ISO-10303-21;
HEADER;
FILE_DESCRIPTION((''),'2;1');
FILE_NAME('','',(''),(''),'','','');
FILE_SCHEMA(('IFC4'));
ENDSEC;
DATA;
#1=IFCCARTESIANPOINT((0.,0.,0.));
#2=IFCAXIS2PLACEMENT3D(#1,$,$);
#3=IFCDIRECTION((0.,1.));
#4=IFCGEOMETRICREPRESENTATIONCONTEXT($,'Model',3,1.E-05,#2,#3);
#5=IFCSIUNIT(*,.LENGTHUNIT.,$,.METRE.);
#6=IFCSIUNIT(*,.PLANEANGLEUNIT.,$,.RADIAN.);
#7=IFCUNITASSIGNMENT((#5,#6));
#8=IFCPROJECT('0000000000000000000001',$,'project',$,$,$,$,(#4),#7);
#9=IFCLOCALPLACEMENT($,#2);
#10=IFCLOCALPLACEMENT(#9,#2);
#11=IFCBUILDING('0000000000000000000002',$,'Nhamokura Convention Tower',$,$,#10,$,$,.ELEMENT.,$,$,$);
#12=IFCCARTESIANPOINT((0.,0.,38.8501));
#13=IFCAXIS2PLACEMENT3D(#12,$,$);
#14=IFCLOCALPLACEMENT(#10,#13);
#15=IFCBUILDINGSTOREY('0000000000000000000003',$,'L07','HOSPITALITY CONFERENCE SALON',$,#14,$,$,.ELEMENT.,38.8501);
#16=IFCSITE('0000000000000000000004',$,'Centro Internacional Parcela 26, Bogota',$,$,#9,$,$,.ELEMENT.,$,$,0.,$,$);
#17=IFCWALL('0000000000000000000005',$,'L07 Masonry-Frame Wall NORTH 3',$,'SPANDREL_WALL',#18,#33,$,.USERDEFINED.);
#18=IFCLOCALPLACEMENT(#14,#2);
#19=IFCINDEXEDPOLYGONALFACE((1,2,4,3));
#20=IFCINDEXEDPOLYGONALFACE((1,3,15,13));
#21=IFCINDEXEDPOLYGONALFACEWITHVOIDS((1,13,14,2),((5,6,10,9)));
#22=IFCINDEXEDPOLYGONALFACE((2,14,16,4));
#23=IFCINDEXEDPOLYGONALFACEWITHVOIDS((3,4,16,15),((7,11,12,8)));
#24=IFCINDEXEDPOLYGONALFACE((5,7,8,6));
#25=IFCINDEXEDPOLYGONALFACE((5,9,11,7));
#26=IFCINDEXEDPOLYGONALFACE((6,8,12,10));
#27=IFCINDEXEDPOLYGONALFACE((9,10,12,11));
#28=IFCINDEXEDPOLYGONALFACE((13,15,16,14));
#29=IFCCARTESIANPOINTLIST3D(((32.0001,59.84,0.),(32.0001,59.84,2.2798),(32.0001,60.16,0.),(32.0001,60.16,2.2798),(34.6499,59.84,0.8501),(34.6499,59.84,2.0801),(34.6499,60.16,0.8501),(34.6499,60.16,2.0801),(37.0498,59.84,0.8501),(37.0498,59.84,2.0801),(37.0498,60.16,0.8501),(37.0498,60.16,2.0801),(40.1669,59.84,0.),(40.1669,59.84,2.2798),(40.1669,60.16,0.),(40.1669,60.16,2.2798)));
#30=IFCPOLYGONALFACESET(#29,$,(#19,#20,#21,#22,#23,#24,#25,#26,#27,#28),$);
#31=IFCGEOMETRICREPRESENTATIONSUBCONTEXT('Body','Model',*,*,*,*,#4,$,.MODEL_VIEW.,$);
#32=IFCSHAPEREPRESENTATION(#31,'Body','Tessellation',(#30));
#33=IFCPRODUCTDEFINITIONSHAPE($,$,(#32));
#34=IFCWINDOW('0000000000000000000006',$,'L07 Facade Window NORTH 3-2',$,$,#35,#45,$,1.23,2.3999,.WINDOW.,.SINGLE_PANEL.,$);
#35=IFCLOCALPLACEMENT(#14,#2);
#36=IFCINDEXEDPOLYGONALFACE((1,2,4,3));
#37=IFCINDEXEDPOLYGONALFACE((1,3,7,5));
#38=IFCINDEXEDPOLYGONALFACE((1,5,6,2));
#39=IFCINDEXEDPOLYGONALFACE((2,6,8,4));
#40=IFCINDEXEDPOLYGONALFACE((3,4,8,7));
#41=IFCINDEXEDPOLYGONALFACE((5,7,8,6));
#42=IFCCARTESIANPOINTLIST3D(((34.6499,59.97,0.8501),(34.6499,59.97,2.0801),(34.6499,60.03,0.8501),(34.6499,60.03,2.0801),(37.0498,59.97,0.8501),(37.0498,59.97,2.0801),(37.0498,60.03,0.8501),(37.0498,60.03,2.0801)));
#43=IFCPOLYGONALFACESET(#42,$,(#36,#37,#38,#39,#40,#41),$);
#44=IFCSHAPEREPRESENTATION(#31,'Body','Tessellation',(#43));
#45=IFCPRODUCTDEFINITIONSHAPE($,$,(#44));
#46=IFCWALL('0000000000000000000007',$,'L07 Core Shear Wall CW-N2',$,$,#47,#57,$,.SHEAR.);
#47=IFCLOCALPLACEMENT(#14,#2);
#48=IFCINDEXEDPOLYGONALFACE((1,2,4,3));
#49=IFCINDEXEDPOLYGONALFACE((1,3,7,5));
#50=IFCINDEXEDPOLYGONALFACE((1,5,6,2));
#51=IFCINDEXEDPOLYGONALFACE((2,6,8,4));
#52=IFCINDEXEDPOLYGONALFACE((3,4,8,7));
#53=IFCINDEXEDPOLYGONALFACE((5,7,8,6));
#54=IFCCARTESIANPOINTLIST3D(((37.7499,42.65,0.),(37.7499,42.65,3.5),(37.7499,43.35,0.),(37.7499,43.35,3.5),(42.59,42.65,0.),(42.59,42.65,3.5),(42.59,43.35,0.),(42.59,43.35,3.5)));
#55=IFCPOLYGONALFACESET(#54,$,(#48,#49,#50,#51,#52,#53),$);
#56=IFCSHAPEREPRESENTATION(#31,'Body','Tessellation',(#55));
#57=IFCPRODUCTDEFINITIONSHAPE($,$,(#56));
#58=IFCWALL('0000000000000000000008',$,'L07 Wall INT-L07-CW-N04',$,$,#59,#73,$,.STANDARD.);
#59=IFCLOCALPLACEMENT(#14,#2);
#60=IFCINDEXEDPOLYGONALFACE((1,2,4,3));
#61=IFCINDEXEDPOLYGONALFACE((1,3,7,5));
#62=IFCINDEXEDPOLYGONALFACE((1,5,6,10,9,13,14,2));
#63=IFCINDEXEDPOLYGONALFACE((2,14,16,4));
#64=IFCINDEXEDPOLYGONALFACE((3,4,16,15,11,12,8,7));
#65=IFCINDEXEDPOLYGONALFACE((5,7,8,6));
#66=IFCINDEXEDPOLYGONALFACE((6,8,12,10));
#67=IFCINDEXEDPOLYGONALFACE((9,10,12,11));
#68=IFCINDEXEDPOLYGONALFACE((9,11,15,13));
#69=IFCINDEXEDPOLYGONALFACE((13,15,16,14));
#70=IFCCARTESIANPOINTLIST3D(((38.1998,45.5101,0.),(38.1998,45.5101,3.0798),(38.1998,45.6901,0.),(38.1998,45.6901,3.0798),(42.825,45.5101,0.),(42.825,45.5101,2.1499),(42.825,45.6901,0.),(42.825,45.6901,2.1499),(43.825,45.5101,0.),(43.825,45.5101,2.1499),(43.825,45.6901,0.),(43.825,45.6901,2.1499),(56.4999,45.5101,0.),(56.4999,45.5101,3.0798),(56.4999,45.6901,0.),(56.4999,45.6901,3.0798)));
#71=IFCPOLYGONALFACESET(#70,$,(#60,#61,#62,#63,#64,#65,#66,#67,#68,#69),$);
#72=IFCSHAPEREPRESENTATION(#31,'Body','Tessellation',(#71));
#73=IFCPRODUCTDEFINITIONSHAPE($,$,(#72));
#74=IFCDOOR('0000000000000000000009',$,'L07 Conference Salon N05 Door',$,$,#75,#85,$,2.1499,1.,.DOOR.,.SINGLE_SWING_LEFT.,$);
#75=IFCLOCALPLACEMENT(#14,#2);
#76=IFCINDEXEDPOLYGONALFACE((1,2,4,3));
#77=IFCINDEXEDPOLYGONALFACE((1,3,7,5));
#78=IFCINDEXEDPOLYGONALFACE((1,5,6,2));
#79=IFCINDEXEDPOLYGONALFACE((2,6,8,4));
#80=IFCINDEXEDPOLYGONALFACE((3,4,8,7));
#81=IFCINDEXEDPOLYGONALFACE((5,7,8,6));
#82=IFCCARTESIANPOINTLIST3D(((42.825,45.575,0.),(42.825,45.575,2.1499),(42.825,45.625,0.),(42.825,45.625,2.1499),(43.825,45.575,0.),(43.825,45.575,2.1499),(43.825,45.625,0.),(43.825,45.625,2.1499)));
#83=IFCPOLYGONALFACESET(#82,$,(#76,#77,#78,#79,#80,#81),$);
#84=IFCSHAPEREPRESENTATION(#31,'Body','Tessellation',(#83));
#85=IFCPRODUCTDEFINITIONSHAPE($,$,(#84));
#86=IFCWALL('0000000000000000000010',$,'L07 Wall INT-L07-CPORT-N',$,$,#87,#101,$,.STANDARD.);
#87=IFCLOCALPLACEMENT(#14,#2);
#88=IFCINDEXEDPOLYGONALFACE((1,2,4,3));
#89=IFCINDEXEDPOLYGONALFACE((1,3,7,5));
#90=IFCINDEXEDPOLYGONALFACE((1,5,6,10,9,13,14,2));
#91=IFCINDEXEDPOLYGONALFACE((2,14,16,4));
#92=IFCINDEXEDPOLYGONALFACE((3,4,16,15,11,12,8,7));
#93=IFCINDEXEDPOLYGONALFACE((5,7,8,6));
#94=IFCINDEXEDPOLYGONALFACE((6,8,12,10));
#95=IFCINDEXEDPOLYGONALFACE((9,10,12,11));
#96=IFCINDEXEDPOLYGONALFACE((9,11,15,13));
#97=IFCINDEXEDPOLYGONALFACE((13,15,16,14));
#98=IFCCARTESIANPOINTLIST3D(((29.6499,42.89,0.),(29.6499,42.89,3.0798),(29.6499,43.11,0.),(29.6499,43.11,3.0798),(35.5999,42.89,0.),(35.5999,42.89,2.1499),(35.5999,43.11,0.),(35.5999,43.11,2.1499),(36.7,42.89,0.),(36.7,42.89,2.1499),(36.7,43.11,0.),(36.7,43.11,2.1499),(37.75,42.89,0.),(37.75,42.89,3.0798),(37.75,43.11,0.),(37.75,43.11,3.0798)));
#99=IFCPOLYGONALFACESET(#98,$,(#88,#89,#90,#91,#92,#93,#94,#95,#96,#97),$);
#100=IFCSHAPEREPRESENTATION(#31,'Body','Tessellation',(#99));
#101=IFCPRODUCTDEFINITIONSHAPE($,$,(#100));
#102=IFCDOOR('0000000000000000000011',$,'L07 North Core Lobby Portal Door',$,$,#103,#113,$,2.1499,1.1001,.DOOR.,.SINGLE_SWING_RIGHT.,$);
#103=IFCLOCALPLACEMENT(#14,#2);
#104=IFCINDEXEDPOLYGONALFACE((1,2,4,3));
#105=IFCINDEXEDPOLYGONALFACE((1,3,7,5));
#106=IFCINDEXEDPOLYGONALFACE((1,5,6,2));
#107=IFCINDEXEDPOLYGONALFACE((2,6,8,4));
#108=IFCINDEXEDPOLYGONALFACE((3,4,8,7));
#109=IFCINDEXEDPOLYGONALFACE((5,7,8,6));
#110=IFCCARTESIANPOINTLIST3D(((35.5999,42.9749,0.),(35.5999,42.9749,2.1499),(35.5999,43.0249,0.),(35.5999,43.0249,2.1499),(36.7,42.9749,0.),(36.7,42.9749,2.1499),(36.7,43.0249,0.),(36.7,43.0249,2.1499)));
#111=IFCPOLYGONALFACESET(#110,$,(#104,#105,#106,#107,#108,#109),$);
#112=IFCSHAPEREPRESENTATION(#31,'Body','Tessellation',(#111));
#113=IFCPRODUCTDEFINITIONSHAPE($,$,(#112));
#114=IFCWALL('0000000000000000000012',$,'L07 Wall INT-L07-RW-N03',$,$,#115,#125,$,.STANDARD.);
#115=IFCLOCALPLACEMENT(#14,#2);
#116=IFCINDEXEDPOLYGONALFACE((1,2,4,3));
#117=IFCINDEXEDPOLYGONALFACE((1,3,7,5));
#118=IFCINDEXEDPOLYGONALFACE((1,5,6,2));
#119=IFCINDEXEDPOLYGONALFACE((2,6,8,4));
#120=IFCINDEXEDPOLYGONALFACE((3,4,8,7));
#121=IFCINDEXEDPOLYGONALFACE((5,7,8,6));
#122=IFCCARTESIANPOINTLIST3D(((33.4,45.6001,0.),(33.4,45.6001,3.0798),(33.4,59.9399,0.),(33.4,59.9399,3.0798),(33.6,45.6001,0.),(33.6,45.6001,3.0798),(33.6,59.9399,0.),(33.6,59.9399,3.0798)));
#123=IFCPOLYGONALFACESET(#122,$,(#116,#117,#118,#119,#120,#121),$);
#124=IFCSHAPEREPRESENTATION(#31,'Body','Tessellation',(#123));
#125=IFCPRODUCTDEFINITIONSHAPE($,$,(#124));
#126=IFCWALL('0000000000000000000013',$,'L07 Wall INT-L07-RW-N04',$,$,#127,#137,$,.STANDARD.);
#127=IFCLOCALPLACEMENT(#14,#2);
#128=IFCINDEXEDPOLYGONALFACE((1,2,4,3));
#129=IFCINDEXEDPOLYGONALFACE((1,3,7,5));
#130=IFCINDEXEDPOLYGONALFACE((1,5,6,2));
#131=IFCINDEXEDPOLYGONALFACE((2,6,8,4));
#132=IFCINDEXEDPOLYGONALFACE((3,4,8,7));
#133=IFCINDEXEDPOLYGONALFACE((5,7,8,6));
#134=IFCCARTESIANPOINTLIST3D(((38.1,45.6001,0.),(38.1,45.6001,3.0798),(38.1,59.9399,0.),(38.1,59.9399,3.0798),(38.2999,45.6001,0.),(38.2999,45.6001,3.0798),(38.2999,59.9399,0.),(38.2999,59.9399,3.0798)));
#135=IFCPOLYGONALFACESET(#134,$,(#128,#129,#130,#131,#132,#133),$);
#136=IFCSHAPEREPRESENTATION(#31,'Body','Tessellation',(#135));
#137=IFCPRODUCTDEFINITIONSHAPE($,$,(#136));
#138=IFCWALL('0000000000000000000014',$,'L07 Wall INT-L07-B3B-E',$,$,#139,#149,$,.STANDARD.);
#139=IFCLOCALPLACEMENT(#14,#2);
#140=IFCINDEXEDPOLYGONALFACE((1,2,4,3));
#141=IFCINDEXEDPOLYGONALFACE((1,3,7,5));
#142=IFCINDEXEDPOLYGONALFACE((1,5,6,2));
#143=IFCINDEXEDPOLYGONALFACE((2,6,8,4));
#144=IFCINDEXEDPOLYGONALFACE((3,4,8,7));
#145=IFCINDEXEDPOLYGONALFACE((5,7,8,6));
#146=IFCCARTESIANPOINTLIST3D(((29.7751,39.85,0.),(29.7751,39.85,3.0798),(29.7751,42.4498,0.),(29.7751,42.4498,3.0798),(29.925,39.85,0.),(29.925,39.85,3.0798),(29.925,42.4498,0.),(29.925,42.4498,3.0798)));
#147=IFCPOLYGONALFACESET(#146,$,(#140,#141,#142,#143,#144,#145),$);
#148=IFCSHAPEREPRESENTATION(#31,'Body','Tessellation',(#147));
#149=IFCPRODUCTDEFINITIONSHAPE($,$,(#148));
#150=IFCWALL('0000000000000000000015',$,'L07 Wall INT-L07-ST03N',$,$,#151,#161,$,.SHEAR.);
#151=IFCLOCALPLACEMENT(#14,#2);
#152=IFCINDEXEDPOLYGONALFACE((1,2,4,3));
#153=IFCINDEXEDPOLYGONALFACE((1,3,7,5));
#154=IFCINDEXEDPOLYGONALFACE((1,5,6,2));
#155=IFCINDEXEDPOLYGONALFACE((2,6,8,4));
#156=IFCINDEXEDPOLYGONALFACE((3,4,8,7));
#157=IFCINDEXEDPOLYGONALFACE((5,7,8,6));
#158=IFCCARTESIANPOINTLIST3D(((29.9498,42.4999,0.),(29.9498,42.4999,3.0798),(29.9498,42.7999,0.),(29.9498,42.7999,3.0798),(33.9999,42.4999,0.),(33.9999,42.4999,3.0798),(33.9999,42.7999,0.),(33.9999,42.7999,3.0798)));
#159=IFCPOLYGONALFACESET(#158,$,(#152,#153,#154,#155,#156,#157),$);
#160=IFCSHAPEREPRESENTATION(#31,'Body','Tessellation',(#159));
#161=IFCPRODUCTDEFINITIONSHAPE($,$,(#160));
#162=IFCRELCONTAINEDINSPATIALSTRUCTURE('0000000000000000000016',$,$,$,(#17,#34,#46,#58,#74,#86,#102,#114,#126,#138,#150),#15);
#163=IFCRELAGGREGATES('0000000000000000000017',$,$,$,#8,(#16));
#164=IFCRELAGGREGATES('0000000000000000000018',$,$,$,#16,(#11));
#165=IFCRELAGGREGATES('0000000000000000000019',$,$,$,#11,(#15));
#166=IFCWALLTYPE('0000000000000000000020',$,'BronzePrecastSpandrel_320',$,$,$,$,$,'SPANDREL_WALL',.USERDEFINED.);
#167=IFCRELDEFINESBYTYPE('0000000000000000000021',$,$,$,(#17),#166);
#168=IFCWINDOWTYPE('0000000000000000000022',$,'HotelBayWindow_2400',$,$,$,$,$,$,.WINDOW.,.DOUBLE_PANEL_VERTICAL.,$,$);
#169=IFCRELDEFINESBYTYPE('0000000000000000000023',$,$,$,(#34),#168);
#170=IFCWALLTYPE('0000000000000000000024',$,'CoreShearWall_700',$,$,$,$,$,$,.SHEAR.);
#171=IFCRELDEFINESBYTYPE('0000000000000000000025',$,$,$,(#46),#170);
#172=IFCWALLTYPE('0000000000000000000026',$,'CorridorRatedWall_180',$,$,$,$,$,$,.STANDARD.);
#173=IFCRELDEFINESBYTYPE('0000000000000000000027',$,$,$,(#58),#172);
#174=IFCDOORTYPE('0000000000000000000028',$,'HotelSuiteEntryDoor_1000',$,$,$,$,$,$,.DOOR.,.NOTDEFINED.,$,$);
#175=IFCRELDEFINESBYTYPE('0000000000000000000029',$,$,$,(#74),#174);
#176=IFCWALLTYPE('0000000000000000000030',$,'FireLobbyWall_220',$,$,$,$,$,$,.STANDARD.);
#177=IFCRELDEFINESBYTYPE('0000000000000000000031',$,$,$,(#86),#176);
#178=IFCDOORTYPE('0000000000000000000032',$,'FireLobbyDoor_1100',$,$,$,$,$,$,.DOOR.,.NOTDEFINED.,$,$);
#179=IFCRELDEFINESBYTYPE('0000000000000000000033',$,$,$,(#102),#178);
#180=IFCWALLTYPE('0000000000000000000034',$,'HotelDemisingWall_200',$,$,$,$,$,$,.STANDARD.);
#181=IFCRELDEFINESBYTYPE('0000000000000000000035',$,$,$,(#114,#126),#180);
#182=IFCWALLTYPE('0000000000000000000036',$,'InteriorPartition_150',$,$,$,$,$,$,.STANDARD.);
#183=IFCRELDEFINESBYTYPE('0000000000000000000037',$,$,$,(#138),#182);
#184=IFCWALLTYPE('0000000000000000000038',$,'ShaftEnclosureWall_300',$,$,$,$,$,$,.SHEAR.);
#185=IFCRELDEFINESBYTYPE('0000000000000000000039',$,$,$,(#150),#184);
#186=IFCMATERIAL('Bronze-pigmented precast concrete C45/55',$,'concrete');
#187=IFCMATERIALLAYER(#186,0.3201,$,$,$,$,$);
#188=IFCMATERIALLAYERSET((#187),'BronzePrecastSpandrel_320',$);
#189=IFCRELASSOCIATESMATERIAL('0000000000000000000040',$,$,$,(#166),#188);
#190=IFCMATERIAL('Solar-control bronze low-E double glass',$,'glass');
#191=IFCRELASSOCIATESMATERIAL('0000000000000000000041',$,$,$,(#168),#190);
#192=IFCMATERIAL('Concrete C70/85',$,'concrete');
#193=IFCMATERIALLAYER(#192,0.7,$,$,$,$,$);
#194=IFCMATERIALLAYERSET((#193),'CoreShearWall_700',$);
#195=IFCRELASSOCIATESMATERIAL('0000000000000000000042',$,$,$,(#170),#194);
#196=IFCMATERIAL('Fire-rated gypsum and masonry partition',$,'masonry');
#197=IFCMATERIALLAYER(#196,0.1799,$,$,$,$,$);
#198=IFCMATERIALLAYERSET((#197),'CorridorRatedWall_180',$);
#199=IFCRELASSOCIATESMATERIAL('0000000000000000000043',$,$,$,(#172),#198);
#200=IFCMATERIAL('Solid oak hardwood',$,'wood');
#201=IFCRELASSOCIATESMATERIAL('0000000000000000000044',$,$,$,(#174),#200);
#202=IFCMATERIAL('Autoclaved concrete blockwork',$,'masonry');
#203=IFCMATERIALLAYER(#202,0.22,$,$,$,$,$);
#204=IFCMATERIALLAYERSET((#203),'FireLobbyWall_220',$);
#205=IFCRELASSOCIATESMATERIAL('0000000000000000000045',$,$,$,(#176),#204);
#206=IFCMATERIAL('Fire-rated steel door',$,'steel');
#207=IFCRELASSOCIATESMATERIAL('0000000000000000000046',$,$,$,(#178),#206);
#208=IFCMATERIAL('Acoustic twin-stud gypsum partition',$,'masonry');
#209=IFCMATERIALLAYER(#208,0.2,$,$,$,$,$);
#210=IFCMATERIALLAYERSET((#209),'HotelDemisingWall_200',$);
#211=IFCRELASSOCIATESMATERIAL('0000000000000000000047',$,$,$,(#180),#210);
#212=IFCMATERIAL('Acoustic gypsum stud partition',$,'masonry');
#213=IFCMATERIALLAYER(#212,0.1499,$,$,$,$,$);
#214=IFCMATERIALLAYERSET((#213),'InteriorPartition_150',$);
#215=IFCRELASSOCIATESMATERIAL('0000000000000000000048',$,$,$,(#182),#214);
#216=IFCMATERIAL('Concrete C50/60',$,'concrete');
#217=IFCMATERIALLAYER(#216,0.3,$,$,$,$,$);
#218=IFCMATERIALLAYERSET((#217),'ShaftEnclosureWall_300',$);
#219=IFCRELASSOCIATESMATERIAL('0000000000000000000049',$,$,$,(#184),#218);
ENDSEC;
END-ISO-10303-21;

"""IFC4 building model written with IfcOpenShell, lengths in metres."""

from ifc_helpers import new_model, si_unit, direction, frame, frame_2d, origin, place, context, subcontext, project, spatial, rectangle, extrude, material, layer, layer_set, type_object, element, fill, save


model = new_model("IFC4")

# Units and contexts
model_context = context("Model", 3, precision=1e-05, world=origin(), true_north=direction((0.0, 1.0)))
body_context = subcontext(model_context, "Body", "Model", "MODEL_VIEW")
ifc_project = project(units=[si_unit("LENGTHUNIT", "METRE"), si_unit("PLANEANGLEUNIT", "RADIAN")], contexts=[model_context])

# Site, building, storey
site_placement = place(None, origin())
site = spatial("IfcSite", under=ifc_project, at=site_placement, Name="Centro Internacional Parcela 26, Bogota", CompositionType="ELEMENT", RefElevation=0.0)
building_placement = place(site_placement, origin())
building = spatial("IfcBuilding", under=site, at=building_placement, Name="Nhamokura Convention Tower", CompositionType="ELEMENT")
storey_placement = place(building_placement, frame((0.0, 0.0, 38.8501)))
storey = spatial("IfcBuildingStorey", under=building, at=storey_placement, Name="L07", Description="HOSPITALITY CONFERENCE SALON", CompositionType="ELEMENT", Elevation=38.8501)

# Wall, opening, window
ifc_material_1 = material(Name="Bronze-pigmented precast concrete C45/55", Category="concrete")
ifc_layer_1 = layer(ifc_material_1, 0.3201)
ifc_layer_set_1 = layer_set([ifc_layer_1], Name="BronzePrecastSpandrel_320")
wall_type_1 = type_object("IfcWallType", Name="BronzePrecastSpandrel_320", ElementType="SPANDREL_WALL", PredefinedType="USERDEFINED", material=ifc_layer_set_1)
wall_1_placement = place(storey_placement, frame((32.0, 60.0, 0.0), z_axis=(0.0, 0.0, 1.0), x_axis=(1.0, 0.0, 0.0)))
wall_1 = element("IfcWall", 1, at=wall_1_placement, inside=storey, type_object=wall_type_1, Name="L07 Masonry-Frame Wall NORTH 3", ObjectType="SPANDREL_WALL", PredefinedType="USERDEFINED", context=body_context, shape_type="SweptSolid", body=[
    extrude(rectangle(XDim=8.1667, YDim=0.3201, at=frame_2d((4.0835, 0.0))), origin(), (0.0, 0.0, 1.0), 2.2798),
])
opening_1_placement = place(wall_1_placement, frame((2.6499, 0.0, 0.8501)))
opening_1 = element("IfcOpeningElement", 2, at=opening_1_placement, cuts=wall_1, PredefinedType="OPENING", context=body_context, shape_type="SweptSolid", body=[
    extrude(rectangle(XDim=2.3999, YDim=1.23, at=frame_2d((1.2, 0.615))), frame((0.0, 0.1699, 0.0), z_axis=(0.0, -1.0, 0.0), x_axis=(1.0, 0.0, 0.0)), (0.0, 0.0, 1.0), 0.3401),
])
ifc_material_2 = material(Name="Solar-control bronze low-E double glass", Category="glass")
window_type = type_object("IfcWindowType", Name="HotelBayWindow_2400", PartitioningType="DOUBLE_PANEL_VERTICAL", PredefinedType="WINDOW", material=ifc_material_2)
window_placement = place(opening_1_placement, origin())
window = element("IfcWindow", 3, at=window_placement, inside=storey, type_object=window_type, Name="L07 Facade Window NORTH 3-2", OverallHeight=1.23, OverallWidth=2.3999, PartitioningType="SINGLE_PANEL", PredefinedType="WINDOW", context=body_context, shape_type="SweptSolid", body=[
    extrude(rectangle(XDim=2.3999, YDim=1.23, at=frame_2d((1.2, 0.615))), frame((0.0, 0.03, 0.0), z_axis=(0.0, -1.0, 0.0), x_axis=(1.0, 0.0, 0.0)), (0.0, 0.0, 1.0), 0.0601),
])
fill(opening_1, window)

# Wall
ifc_material_3 = material(Name="Concrete C70/85", Category="concrete")
ifc_layer_2 = layer(ifc_material_3, 0.7)
ifc_layer_set_2 = layer_set([ifc_layer_2], Name="CoreShearWall_700")
wall_type_2 = type_object("IfcWallType", Name="CoreShearWall_700", PredefinedType="SHEAR", material=ifc_layer_set_2)
wall_2_placement = place(storey_placement, frame((37.75, 43.0, 0.0), z_axis=(0.0, 0.0, 1.0), x_axis=(1.0, 0.0, 0.0)))
element("IfcWall", 4, at=wall_2_placement, inside=storey, type_object=wall_type_2, Name="L07 Core Shear Wall CW-N2", PredefinedType="SHEAR", context=body_context, shape_type="SweptSolid", body=[
    extrude(rectangle(XDim=4.8401, YDim=0.7, at=frame_2d((2.4199, 0.0))), origin(), (0.0, 0.0, 1.0), 3.5),
])

# Walls, openings, doors
ifc_material_4 = material(Name="Fire-rated gypsum and masonry partition", Category="masonry")
ifc_layer_3 = layer(ifc_material_4, 0.1799)
ifc_layer_set_3 = layer_set([ifc_layer_3], Name="CorridorRatedWall_180")
wall_type_3 = type_object("IfcWallType", Name="CorridorRatedWall_180", PredefinedType="STANDARD", material=ifc_layer_set_3)
ifc_material_5 = material(Name="Solid oak hardwood", Category="wood")
door_type_1 = type_object("IfcDoorType", Name="HotelSuiteEntryDoor_1000", OperationType="NOTDEFINED", PredefinedType="DOOR", material=ifc_material_5)
wall_3_placement = place(storey_placement, frame((38.2, 45.6001, 0.0), z_axis=(0.0, 0.0, 1.0), x_axis=(1.0, 0.0, 0.0)))
wall_3 = element("IfcWall", 5, at=wall_3_placement, inside=storey, type_object=wall_type_3, Name="L07 Wall INT-L07-CW-N04", PredefinedType="STANDARD", context=body_context, shape_type="SweptSolid", body=[
    extrude(rectangle(XDim=18.3, YDim=0.1799, at=frame_2d((9.1499, 0.0))), origin(), (0.0, 0.0, 1.0), 3.0798),
])
opening_2_placement = place(wall_3_placement, frame((4.625, 0.0, 0.0)))
opening_2 = element("IfcOpeningElement", 6, at=opening_2_placement, cuts=wall_3, PredefinedType="OPENING", context=body_context, shape_type="SweptSolid", body=[
    extrude(rectangle(XDim=1.0, YDim=2.1499, at=frame_2d((0.5, 1.075))), frame((0.0, 0.0999, 0.0), z_axis=(0.0, -1.0, 0.0), x_axis=(1.0, 0.0, 0.0)), (0.0, 0.0, 1.0), 0.2),
])
door_1_placement = place(opening_2_placement, origin())
door_1 = element("IfcDoor", 7, at=door_1_placement, inside=storey, type_object=door_type_1, Name="L07 Conference Salon N05 Door", OperationType="SINGLE_SWING_LEFT", OverallHeight=2.1499, OverallWidth=1.0, PredefinedType="DOOR", context=body_context, shape_type="SweptSolid", body=[
    extrude(rectangle(XDim=1.0, YDim=2.1499, at=frame_2d((0.5, 1.075))), frame((0.0, 0.0249, 0.0), z_axis=(0.0, -1.0, 0.0), x_axis=(1.0, 0.0, 0.0)), (0.0, 0.0, 1.0), 0.05),
])
fill(opening_2, door_1)
ifc_material_6 = material(Name="Autoclaved concrete blockwork", Category="masonry")
ifc_layer_4 = layer(ifc_material_6, 0.22)
ifc_layer_set_4 = layer_set([ifc_layer_4], Name="FireLobbyWall_220")
wall_type_4 = type_object("IfcWallType", Name="FireLobbyWall_220", PredefinedType="STANDARD", material=ifc_layer_set_4)
wall_4_placement = place(storey_placement, frame((29.6499, 43.0, 0.0), z_axis=(0.0, 0.0, 1.0), x_axis=(1.0, 0.0, 0.0)))
wall_4 = element("IfcWall", 8, at=wall_4_placement, inside=storey, type_object=wall_type_4, Name="L07 Wall INT-L07-CPORT-N", PredefinedType="STANDARD", context=body_context, shape_type="SweptSolid", body=[
    extrude(rectangle(XDim=8.1001, YDim=0.22, at=frame_2d((4.05, 0.0))), origin(), (0.0, 0.0, 1.0), 3.0798),
])
opening_3_placement = place(wall_4_placement, frame((5.95, 0.0, 0.0)))
opening_3 = element("IfcOpeningElement", 9, at=opening_3_placement, cuts=wall_4, PredefinedType="OPENING", context=body_context, shape_type="SweptSolid", body=[
    extrude(rectangle(XDim=1.1001, YDim=2.1499, at=frame_2d((0.55, 1.075))), frame((0.0, 0.1199, 0.0), z_axis=(0.0, -1.0, 0.0), x_axis=(1.0, 0.0, 0.0)), (0.0, 0.0, 1.0), 0.24),
])
ifc_material_7 = material(Name="Fire-rated steel door", Category="steel")
door_type_2 = type_object("IfcDoorType", Name="FireLobbyDoor_1100", OperationType="NOTDEFINED", PredefinedType="DOOR", material=ifc_material_7)
door_2_placement = place(opening_3_placement, origin())
door_2 = element("IfcDoor", 10, at=door_2_placement, inside=storey, type_object=door_type_2, Name="L07 North Core Lobby Portal Door", OperationType="SINGLE_SWING_RIGHT", OverallHeight=2.1499, OverallWidth=1.1001, PredefinedType="DOOR", context=body_context, shape_type="SweptSolid", body=[
    extrude(rectangle(XDim=1.1001, YDim=2.1499, at=frame_2d((0.55, 1.075))), frame((0.0, 0.0249, 0.0), z_axis=(0.0, -1.0, 0.0), x_axis=(1.0, 0.0, 0.0)), (0.0, 0.0, 1.0), 0.05),
])
fill(opening_3, door_2)

# Walls
ifc_material_8 = material(Name="Acoustic twin-stud gypsum partition", Category="masonry")
ifc_layer_5 = layer(ifc_material_8, 0.2)
ifc_layer_set_5 = layer_set([ifc_layer_5], Name="HotelDemisingWall_200")
wall_type_5 = type_object("IfcWallType", Name="HotelDemisingWall_200", PredefinedType="STANDARD", material=ifc_layer_set_5)
for number, where, z_axis, x_axis, name in (
    (11, (33.5, 45.6001, 0.0), (0.0, 0.0, 1.0), (0.0, 1.0, 0.0), "L07 Wall INT-L07-RW-N03"),
    (12, (38.2, 45.6001, 0.0), (0.0, 0.0, 1.0), (0.0, 1.0, 0.0), "L07 Wall INT-L07-RW-N04"),
):
    element("IfcWall", number, at=place(storey_placement, frame(where, z_axis=z_axis, x_axis=x_axis)), inside=storey, type_object=wall_type_5, Name=name, PredefinedType="STANDARD", context=body_context, shape_type="SweptSolid", body=[
        extrude(rectangle(XDim=14.3398, YDim=0.2, at=frame_2d((7.1699, 0.0))), origin(), (0.0, 0.0, 1.0), 3.0798),
    ])
ifc_material_9 = material(Name="Acoustic gypsum stud partition", Category="masonry")
ifc_layer_6 = layer(ifc_material_9, 0.1499)
ifc_layer_set_6 = layer_set([ifc_layer_6], Name="InteriorPartition_150")
wall_type_6 = type_object("IfcWallType", Name="InteriorPartition_150", PredefinedType="STANDARD", material=ifc_layer_set_6)
wall_5_placement = place(storey_placement, frame((29.8501, 39.8501, 0.0), z_axis=(0.0, 0.0, 1.0), x_axis=(0.0, 1.0, 0.0)))
element("IfcWall", 13, at=wall_5_placement, inside=storey, type_object=wall_type_6, Name="L07 Wall INT-L07-B3B-E", PredefinedType="STANDARD", context=body_context, shape_type="SweptSolid", body=[
    extrude(rectangle(XDim=2.5999, YDim=0.1499, at=frame_2d((1.2998, 0.0))), origin(), (0.0, 0.0, 1.0), 3.0798),
])
ifc_material_10 = material(Name="Concrete C50/60", Category="concrete")
ifc_layer_7 = layer(ifc_material_10, 0.3)
ifc_layer_set_7 = layer_set([ifc_layer_7], Name="ShaftEnclosureWall_300")
wall_type_7 = type_object("IfcWallType", Name="ShaftEnclosureWall_300", PredefinedType="SHEAR", material=ifc_layer_set_7)
wall_6_placement = place(storey_placement, frame((29.95, 42.6499, 0.0), z_axis=(0.0, 0.0, 1.0), x_axis=(1.0, 0.0, 0.0)))
element("IfcWall", 14, at=wall_6_placement, inside=storey, type_object=wall_type_7, Name="L07 Wall INT-L07-ST03N", PredefinedType="SHEAR", context=body_context, shape_type="SweptSolid", body=[
    extrude(rectangle(XDim=4.05, YDim=0.3, at=frame_2d((2.0249, 0.0))), origin(), (0.0, 0.0, 1.0), 3.0798),
])

save(model, "model.ifc")
